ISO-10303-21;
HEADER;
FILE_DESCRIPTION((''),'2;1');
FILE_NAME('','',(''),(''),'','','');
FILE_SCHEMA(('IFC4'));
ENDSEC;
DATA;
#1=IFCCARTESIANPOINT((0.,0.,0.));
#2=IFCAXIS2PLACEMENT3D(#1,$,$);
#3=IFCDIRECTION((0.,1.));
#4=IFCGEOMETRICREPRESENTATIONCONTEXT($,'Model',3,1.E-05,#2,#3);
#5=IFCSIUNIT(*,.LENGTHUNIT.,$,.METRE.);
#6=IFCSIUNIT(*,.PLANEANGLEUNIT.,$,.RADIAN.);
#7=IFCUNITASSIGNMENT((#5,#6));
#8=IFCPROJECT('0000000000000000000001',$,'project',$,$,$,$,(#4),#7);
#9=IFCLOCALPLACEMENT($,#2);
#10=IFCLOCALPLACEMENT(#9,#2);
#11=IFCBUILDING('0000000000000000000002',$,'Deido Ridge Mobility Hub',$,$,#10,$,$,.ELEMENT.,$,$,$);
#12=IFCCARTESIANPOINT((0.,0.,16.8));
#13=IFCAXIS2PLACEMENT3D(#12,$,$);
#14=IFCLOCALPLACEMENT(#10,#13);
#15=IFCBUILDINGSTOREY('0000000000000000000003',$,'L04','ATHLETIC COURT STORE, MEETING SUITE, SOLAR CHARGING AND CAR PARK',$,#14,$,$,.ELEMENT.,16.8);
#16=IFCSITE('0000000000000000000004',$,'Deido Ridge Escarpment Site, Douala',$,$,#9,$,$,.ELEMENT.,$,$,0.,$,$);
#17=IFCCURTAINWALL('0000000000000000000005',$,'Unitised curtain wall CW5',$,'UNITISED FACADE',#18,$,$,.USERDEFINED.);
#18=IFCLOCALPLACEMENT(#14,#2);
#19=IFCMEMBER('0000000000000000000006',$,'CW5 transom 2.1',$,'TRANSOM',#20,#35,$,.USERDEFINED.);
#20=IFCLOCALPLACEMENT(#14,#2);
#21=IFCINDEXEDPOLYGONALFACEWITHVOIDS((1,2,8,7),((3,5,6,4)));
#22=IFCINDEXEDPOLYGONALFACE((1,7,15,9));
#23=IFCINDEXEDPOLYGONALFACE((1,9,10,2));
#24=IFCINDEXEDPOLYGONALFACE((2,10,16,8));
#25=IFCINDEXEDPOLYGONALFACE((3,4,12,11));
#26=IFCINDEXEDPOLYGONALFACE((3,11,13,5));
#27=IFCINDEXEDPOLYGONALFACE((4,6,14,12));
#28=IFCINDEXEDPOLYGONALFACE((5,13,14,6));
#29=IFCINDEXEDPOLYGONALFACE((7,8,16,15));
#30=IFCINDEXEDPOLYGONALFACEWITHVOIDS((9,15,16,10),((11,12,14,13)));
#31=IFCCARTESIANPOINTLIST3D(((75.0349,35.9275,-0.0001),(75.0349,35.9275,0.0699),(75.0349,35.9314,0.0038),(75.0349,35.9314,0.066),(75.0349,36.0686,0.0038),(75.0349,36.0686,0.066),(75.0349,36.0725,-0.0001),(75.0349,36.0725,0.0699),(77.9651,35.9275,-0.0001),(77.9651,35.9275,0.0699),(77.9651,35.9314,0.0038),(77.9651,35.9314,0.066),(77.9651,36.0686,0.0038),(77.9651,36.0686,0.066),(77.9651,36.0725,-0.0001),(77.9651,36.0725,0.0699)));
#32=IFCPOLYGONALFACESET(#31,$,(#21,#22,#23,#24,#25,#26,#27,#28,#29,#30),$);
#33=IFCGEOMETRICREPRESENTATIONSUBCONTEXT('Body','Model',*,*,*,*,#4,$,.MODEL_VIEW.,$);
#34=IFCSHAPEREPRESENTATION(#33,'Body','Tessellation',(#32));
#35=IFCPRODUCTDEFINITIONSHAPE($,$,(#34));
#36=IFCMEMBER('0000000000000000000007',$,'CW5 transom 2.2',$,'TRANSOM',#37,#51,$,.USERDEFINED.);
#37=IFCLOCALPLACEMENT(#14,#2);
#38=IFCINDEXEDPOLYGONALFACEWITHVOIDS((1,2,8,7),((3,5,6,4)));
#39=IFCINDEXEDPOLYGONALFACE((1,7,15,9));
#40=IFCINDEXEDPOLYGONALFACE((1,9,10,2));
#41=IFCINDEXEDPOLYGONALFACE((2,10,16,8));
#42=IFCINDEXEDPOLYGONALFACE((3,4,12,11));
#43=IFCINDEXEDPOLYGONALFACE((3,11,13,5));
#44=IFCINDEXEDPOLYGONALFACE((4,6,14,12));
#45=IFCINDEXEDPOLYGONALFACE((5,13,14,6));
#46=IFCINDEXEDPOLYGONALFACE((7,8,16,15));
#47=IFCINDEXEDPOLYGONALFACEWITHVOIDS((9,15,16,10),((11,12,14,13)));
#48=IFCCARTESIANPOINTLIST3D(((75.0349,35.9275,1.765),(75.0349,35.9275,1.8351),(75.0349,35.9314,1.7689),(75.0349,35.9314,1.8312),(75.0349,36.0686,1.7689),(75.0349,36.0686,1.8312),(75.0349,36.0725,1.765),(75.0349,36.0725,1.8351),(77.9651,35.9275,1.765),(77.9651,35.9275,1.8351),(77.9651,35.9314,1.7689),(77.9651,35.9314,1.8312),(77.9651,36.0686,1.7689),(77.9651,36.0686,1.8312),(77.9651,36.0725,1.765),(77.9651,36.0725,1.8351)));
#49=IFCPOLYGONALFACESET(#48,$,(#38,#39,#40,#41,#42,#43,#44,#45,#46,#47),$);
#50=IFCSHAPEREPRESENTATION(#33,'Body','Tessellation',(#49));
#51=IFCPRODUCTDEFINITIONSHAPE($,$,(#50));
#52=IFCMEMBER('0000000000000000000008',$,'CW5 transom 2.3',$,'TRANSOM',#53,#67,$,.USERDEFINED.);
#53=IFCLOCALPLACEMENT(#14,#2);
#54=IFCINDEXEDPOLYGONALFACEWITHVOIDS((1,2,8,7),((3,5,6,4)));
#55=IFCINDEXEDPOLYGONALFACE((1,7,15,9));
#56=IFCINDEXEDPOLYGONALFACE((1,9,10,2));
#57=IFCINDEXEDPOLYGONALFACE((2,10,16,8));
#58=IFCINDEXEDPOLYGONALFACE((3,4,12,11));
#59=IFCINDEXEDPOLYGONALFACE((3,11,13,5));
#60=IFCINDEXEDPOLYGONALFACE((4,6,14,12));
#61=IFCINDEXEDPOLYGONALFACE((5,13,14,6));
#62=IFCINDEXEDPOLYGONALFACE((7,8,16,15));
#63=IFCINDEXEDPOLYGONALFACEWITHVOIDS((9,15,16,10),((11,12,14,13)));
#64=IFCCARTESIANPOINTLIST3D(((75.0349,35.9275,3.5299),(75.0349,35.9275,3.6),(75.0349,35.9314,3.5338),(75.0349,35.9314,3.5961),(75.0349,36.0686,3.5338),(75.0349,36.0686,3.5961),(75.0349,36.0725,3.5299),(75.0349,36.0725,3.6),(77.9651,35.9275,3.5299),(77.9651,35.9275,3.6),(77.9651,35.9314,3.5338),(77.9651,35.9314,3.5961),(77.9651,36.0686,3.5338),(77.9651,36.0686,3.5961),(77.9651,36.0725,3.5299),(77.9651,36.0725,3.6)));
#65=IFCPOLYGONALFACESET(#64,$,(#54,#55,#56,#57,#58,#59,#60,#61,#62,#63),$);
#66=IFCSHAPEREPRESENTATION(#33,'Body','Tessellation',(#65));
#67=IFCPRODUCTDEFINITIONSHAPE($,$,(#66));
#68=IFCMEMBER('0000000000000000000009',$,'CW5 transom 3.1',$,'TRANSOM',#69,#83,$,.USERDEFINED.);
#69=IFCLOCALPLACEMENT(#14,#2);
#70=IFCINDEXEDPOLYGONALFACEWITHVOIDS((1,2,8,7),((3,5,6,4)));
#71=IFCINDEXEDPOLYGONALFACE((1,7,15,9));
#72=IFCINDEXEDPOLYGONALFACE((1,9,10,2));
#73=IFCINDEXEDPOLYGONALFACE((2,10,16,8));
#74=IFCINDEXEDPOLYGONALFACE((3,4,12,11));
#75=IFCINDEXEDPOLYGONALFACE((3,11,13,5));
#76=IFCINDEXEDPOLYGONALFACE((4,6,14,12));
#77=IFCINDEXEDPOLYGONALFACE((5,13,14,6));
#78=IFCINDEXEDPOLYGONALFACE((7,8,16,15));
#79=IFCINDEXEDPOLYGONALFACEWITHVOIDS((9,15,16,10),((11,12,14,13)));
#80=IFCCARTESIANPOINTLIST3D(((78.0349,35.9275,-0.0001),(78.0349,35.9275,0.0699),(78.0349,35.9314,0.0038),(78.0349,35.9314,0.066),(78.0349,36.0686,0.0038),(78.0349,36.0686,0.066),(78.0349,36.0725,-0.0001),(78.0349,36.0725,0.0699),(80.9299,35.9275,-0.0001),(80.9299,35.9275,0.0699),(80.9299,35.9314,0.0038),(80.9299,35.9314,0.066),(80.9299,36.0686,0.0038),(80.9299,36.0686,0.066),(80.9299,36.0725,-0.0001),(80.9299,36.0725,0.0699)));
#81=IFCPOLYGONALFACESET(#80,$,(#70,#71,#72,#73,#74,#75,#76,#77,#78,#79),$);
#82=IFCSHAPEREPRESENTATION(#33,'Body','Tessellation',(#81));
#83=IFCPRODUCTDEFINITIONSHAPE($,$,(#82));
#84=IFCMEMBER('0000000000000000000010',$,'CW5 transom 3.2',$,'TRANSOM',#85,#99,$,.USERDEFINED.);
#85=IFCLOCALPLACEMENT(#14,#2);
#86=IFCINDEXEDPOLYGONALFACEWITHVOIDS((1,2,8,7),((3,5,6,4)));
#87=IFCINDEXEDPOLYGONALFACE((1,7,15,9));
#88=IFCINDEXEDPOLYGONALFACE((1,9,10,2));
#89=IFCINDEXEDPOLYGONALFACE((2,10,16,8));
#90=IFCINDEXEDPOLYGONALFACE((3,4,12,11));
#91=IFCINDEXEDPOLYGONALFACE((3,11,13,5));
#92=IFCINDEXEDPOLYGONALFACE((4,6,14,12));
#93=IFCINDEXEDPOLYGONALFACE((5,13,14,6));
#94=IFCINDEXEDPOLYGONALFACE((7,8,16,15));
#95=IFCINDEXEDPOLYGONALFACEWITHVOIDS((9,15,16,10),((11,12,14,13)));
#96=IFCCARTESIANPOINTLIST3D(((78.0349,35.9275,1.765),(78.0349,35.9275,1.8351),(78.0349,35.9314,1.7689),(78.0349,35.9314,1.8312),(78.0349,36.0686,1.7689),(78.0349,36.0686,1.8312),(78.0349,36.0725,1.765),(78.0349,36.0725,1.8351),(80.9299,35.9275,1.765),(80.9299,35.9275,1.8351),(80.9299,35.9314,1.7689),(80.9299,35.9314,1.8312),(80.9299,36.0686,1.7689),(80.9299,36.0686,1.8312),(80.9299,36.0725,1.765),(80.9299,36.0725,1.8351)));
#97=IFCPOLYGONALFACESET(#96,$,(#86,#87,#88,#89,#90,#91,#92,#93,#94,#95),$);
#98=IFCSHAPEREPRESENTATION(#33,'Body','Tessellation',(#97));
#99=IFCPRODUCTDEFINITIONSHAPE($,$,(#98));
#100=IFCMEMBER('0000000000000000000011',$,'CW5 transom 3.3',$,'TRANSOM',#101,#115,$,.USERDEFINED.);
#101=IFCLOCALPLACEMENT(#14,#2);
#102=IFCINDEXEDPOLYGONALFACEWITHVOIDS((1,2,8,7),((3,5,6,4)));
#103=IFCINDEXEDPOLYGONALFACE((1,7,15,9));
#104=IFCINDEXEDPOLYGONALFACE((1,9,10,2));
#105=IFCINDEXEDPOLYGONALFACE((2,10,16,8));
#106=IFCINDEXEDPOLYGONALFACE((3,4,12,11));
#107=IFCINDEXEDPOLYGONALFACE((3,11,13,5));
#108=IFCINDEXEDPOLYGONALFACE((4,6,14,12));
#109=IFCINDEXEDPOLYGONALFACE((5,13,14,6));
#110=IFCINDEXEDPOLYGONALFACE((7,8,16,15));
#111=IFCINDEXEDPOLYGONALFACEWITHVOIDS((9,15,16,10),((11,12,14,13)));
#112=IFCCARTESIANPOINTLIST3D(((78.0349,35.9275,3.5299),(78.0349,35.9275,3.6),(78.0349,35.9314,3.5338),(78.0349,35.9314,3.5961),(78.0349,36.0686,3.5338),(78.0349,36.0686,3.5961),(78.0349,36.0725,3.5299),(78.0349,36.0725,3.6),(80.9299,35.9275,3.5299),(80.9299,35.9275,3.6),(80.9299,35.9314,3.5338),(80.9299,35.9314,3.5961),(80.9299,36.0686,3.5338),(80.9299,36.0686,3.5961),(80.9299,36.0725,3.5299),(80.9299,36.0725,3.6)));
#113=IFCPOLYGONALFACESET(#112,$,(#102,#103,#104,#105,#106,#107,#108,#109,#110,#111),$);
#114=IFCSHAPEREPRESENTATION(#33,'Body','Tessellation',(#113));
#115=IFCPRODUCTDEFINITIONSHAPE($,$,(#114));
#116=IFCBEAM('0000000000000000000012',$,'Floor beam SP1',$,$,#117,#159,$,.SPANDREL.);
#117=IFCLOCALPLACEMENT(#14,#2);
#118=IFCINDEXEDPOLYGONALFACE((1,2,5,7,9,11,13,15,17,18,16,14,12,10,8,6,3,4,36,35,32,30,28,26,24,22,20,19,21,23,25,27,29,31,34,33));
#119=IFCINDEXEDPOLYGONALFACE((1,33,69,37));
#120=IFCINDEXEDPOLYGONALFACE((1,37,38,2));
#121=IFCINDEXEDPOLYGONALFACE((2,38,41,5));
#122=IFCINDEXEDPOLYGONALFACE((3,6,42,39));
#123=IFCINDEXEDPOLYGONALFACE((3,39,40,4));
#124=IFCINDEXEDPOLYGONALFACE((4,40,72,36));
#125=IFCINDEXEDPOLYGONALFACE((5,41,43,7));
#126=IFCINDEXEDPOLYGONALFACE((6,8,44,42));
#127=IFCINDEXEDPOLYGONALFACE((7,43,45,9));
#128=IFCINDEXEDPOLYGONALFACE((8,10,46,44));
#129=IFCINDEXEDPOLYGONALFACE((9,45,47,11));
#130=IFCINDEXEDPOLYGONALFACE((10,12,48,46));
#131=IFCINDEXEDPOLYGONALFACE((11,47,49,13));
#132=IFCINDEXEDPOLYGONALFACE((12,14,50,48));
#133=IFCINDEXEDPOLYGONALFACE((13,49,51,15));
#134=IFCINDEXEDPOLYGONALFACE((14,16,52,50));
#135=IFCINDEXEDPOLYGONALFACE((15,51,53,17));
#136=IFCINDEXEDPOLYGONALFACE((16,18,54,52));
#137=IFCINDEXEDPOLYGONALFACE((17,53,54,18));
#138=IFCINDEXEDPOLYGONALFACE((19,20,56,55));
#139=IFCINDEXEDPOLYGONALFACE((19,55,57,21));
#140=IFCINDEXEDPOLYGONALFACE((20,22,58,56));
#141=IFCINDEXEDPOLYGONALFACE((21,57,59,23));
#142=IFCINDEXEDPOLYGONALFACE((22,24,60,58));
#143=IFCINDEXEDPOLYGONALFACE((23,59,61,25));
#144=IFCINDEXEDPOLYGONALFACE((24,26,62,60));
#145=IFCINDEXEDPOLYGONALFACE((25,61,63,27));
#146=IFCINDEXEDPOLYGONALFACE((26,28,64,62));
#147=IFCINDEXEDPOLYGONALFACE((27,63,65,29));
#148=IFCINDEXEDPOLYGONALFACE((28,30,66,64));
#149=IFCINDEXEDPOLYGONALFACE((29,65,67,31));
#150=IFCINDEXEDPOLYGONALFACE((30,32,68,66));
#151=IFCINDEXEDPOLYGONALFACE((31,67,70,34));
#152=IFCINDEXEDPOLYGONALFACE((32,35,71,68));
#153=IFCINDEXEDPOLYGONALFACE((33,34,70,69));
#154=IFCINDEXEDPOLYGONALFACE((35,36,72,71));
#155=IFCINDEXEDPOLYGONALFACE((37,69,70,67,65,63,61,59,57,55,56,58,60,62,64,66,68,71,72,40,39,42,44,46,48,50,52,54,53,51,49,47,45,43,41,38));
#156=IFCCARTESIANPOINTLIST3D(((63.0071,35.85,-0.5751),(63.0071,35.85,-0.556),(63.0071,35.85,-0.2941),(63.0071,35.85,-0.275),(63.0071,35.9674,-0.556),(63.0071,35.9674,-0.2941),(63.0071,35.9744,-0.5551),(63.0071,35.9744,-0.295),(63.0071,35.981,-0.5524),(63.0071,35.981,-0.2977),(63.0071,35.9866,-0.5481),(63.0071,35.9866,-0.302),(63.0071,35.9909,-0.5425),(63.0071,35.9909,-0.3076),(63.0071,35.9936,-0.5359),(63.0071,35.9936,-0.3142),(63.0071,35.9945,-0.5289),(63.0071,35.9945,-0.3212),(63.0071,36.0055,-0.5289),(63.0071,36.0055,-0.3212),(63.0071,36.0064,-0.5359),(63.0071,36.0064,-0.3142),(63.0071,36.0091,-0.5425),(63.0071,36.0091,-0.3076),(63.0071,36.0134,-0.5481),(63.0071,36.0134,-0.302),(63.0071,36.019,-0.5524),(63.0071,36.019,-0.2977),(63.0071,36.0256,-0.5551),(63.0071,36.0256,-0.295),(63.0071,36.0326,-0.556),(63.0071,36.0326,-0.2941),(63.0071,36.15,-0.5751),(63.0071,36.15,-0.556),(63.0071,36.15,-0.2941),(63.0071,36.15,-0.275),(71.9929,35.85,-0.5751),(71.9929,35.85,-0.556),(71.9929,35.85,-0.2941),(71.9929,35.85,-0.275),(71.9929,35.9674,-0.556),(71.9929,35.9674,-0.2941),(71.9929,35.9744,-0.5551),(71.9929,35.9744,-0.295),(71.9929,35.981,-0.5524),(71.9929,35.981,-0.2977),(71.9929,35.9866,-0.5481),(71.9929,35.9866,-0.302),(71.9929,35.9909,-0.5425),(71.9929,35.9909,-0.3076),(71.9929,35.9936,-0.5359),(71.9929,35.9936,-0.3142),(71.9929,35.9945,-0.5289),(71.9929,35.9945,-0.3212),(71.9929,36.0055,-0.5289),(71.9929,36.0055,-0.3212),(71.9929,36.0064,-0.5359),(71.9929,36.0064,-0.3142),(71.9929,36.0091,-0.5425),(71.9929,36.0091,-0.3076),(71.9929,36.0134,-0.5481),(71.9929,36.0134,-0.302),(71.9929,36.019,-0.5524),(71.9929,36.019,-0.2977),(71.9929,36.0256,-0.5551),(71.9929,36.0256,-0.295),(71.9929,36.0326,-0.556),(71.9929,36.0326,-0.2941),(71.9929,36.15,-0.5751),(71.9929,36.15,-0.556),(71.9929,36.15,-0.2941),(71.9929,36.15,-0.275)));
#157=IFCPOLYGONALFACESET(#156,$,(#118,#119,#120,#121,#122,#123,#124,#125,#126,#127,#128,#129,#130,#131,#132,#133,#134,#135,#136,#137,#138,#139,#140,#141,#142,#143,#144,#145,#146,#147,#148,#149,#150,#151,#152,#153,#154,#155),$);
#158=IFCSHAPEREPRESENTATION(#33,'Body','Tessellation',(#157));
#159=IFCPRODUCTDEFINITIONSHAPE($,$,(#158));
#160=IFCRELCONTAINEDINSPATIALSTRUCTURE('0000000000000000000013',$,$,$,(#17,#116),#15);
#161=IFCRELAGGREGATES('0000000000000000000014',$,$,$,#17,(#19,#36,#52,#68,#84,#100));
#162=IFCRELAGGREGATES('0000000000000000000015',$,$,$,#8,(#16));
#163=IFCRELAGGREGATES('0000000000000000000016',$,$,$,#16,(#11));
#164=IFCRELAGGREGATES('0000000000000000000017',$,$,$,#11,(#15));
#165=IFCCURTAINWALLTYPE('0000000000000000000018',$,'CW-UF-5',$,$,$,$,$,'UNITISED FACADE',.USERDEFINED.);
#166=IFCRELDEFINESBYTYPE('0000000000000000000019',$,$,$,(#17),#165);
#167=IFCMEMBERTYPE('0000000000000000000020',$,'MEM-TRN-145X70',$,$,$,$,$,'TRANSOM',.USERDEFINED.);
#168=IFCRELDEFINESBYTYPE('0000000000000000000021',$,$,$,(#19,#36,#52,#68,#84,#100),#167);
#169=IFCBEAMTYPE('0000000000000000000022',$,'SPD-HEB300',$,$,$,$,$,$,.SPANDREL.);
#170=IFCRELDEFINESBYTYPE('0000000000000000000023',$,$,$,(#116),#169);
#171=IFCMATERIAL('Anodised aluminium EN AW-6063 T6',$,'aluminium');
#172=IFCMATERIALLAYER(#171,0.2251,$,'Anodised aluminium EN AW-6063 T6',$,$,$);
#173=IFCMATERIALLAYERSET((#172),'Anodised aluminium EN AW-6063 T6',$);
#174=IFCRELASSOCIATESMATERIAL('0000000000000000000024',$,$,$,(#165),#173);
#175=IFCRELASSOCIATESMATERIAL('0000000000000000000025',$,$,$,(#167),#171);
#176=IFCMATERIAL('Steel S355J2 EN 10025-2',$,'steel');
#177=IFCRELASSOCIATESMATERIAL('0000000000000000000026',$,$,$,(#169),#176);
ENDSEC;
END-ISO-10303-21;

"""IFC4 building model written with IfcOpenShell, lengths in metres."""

from ifc_helpers import new_model, si_unit, direction, frame, origin, origin_2d, place, context, subcontext, project, spatial, hollow_rectangle, i_section, extrude, material, layer, layer_set, material_profile, profile_set, type_object, element, aggregate, save


model = new_model("IFC4")

# Units and contexts
model_context = context("Model", 3, precision=1e-05, world=origin(), true_north=direction((0.0, 1.0)))
body_context = subcontext(model_context, "Body", "Model", "MODEL_VIEW")
ifc_project = project(units=[si_unit("LENGTHUNIT", "METRE"), si_unit("PLANEANGLEUNIT", "RADIAN")], contexts=[model_context])

# Site, building, storey
site_placement = place(None, origin())
site = spatial("IfcSite", under=ifc_project, at=site_placement, Name="Deido Ridge Escarpment Site, Douala", CompositionType="ELEMENT", RefElevation=0.0)
building_placement = place(site_placement, origin())
building = spatial("IfcBuilding", under=site, at=building_placement, Name="Deido Ridge Mobility Hub", CompositionType="ELEMENT")
storey_placement = place(building_placement, frame((0.0, 0.0, 16.8)))
storey = spatial("IfcBuildingStorey", under=building, at=storey_placement, Name="L04", Description="ATHLETIC COURT STORE, MEETING SUITE, SOLAR CHARGING AND CAR PARK", CompositionType="ELEMENT", Elevation=16.8)

# Shared definitions
ifc_material_1 = material(Name="Steel S355J2 EN 10025-2", Category="steel")

# Curtain wall
ifc_material_2 = material(Name="Anodised aluminium EN AW-6063 T6", Category="aluminium")
ifc_layer_1 = layer(ifc_material_2, 0.2251, Name="Anodised aluminium EN AW-6063 T6")
ifc_layer_set_1 = layer_set([ifc_layer_1], Name="Anodised aluminium EN AW-6063 T6")
curtain_wall_type = type_object("IfcCurtainWallType", Name="CW-UF-5", ElementType="UNITISED FACADE", PredefinedType="USERDEFINED", material=ifc_layer_set_1)
curtain_wall_1_placement = place(storey_placement, origin())
curtain_wall_1 = element("IfcCurtainWall", 1, at=curtain_wall_1_placement, inside=storey, type_object=curtain_wall_type, Name="Unitised curtain wall CW5", ObjectType="UNITISED FACADE", PredefinedType="USERDEFINED")

# Members
ifc_material_profile_1 = material_profile(ifc_material_2, hollow_rectangle(XDim=0.145, YDim=0.0701, WallThickness=0.0039, at=origin_2d()), Name="RHS 145x70x4")
ifc_profile_set_1 = profile_set([ifc_material_profile_1], Name="Anodised aluminium EN AW-6063 T6")
member_type_1 = type_object("IfcMemberType", Name="MEM-TRN-145X70", ElementType="TRANSOM", PredefinedType="USERDEFINED", material=ifc_profile_set_1)
member_1_placement = place(storey_placement, frame((75.0349, 36.0, 0.0349), z_axis=(1.0, 0.0, 0.0), x_axis=(0.0, 1.0, 0.0)))
member_1 = element("IfcMember", 2, at=member_1_placement, type_object=member_type_1, Name="CW5 transom 2.1", ObjectType="TRANSOM", PredefinedType="USERDEFINED", context=body_context, shape_type="SweptSolid", body=[
    extrude(hollow_rectangle(XDim=0.145, YDim=0.0701, WallThickness=0.0039, at=origin_2d()), origin(), (0.0, 0.0, 1.0), 2.9302),
])
member_2_placement = place(storey_placement, frame((75.0349, 36.0, 1.8), z_axis=(1.0, 0.0, 0.0), x_axis=(0.0, 1.0, 0.0)))
member_2 = element("IfcMember", 3, at=member_2_placement, type_object=member_type_1, Name="CW5 transom 2.2", ObjectType="TRANSOM", PredefinedType="USERDEFINED", context=body_context, shape_type="SweptSolid", body=[
    extrude(hollow_rectangle(XDim=0.145, YDim=0.0701, WallThickness=0.0039, at=origin_2d()), origin(), (0.0, 0.0, 1.0), 2.9302),
])
member_3_placement = place(storey_placement, frame((75.0349, 36.0, 3.5649), z_axis=(1.0, 0.0, 0.0), x_axis=(0.0, 1.0, 0.0)))
member_3 = element("IfcMember", 4, at=member_3_placement, type_object=member_type_1, Name="CW5 transom 2.3", ObjectType="TRANSOM", PredefinedType="USERDEFINED", context=body_context, shape_type="SweptSolid", body=[
    extrude(hollow_rectangle(XDim=0.145, YDim=0.0701, WallThickness=0.0039, at=origin_2d()), origin(), (0.0, 0.0, 1.0), 2.9302),
])
member_4_placement = place(storey_placement, frame((78.0349, 36.0, 0.0349), z_axis=(1.0, 0.0, 0.0), x_axis=(0.0, 1.0, 0.0)))
member_4 = element("IfcMember", 5, at=member_4_placement, type_object=member_type_1, Name="CW5 transom 3.1", ObjectType="TRANSOM", PredefinedType="USERDEFINED", context=body_context, shape_type="SweptSolid", body=[
    extrude(hollow_rectangle(XDim=0.145, YDim=0.0701, WallThickness=0.0039, at=origin_2d()), origin(), (0.0, 0.0, 1.0), 2.895),
])
member_5_placement = place(storey_placement, frame((78.0349, 36.0, 1.8), z_axis=(1.0, 0.0, 0.0), x_axis=(0.0, 1.0, 0.0)))
member_5 = element("IfcMember", 6, at=member_5_placement, type_object=member_type_1, Name="CW5 transom 3.2", ObjectType="TRANSOM", PredefinedType="USERDEFINED", context=body_context, shape_type="SweptSolid", body=[
    extrude(hollow_rectangle(XDim=0.145, YDim=0.0701, WallThickness=0.0039, at=origin_2d()), origin(), (0.0, 0.0, 1.0), 2.895),
])
member_6_placement = place(storey_placement, frame((78.0349, 36.0, 3.5649), z_axis=(1.0, 0.0, 0.0), x_axis=(0.0, 1.0, 0.0)))
member_6 = element("IfcMember", 7, at=member_6_placement, type_object=member_type_1, Name="CW5 transom 3.3", ObjectType="TRANSOM", PredefinedType="USERDEFINED", context=body_context, shape_type="SweptSolid", body=[
    extrude(hollow_rectangle(XDim=0.145, YDim=0.0701, WallThickness=0.0039, at=origin_2d()), origin(), (0.0, 0.0, 1.0), 2.895),
])

# Beam
ifc_material_profile_2 = material_profile(ifc_material_1, i_section(OverallWidth=0.3, OverallDepth=0.3, WebThickness=0.011, FlangeThickness=0.019, FilletRadius=0.0271, at=origin_2d()), Name="HEB 300")
ifc_profile_set_2 = profile_set([ifc_material_profile_2], Name="Steel S355J2 EN 10025-2")
beam_type_1 = type_object("IfcBeamType", Name="SPD-HEB300", PredefinedType="SPANDREL", material=ifc_profile_set_2)
for number, where, z_axis, x_axis, name in (
    (8, (63.0071, 36.0, -0.425), (1.0, 0.0, 0.0), (0.0, 1.0, 0.0), "Floor beam SP1"),
):
    element("IfcBeam", number, at=place(storey_placement, frame(where, z_axis=z_axis, x_axis=x_axis)), inside=storey, type_object=beam_type_1, Name=name, PredefinedType="SPANDREL", context=body_context, shape_type="SweptSolid", body=[
        extrude(i_section(OverallWidth=0.3, OverallDepth=0.3, WebThickness=0.011, FlangeThickness=0.019, FilletRadius=0.0271, at=origin_2d()), origin(), (0.0, 0.0, 1.0), 8.9858),
    ])

aggregate(curtain_wall_1, [member_1, member_2, member_3, member_4, member_5, member_6])

save(model, "model.ifc")
